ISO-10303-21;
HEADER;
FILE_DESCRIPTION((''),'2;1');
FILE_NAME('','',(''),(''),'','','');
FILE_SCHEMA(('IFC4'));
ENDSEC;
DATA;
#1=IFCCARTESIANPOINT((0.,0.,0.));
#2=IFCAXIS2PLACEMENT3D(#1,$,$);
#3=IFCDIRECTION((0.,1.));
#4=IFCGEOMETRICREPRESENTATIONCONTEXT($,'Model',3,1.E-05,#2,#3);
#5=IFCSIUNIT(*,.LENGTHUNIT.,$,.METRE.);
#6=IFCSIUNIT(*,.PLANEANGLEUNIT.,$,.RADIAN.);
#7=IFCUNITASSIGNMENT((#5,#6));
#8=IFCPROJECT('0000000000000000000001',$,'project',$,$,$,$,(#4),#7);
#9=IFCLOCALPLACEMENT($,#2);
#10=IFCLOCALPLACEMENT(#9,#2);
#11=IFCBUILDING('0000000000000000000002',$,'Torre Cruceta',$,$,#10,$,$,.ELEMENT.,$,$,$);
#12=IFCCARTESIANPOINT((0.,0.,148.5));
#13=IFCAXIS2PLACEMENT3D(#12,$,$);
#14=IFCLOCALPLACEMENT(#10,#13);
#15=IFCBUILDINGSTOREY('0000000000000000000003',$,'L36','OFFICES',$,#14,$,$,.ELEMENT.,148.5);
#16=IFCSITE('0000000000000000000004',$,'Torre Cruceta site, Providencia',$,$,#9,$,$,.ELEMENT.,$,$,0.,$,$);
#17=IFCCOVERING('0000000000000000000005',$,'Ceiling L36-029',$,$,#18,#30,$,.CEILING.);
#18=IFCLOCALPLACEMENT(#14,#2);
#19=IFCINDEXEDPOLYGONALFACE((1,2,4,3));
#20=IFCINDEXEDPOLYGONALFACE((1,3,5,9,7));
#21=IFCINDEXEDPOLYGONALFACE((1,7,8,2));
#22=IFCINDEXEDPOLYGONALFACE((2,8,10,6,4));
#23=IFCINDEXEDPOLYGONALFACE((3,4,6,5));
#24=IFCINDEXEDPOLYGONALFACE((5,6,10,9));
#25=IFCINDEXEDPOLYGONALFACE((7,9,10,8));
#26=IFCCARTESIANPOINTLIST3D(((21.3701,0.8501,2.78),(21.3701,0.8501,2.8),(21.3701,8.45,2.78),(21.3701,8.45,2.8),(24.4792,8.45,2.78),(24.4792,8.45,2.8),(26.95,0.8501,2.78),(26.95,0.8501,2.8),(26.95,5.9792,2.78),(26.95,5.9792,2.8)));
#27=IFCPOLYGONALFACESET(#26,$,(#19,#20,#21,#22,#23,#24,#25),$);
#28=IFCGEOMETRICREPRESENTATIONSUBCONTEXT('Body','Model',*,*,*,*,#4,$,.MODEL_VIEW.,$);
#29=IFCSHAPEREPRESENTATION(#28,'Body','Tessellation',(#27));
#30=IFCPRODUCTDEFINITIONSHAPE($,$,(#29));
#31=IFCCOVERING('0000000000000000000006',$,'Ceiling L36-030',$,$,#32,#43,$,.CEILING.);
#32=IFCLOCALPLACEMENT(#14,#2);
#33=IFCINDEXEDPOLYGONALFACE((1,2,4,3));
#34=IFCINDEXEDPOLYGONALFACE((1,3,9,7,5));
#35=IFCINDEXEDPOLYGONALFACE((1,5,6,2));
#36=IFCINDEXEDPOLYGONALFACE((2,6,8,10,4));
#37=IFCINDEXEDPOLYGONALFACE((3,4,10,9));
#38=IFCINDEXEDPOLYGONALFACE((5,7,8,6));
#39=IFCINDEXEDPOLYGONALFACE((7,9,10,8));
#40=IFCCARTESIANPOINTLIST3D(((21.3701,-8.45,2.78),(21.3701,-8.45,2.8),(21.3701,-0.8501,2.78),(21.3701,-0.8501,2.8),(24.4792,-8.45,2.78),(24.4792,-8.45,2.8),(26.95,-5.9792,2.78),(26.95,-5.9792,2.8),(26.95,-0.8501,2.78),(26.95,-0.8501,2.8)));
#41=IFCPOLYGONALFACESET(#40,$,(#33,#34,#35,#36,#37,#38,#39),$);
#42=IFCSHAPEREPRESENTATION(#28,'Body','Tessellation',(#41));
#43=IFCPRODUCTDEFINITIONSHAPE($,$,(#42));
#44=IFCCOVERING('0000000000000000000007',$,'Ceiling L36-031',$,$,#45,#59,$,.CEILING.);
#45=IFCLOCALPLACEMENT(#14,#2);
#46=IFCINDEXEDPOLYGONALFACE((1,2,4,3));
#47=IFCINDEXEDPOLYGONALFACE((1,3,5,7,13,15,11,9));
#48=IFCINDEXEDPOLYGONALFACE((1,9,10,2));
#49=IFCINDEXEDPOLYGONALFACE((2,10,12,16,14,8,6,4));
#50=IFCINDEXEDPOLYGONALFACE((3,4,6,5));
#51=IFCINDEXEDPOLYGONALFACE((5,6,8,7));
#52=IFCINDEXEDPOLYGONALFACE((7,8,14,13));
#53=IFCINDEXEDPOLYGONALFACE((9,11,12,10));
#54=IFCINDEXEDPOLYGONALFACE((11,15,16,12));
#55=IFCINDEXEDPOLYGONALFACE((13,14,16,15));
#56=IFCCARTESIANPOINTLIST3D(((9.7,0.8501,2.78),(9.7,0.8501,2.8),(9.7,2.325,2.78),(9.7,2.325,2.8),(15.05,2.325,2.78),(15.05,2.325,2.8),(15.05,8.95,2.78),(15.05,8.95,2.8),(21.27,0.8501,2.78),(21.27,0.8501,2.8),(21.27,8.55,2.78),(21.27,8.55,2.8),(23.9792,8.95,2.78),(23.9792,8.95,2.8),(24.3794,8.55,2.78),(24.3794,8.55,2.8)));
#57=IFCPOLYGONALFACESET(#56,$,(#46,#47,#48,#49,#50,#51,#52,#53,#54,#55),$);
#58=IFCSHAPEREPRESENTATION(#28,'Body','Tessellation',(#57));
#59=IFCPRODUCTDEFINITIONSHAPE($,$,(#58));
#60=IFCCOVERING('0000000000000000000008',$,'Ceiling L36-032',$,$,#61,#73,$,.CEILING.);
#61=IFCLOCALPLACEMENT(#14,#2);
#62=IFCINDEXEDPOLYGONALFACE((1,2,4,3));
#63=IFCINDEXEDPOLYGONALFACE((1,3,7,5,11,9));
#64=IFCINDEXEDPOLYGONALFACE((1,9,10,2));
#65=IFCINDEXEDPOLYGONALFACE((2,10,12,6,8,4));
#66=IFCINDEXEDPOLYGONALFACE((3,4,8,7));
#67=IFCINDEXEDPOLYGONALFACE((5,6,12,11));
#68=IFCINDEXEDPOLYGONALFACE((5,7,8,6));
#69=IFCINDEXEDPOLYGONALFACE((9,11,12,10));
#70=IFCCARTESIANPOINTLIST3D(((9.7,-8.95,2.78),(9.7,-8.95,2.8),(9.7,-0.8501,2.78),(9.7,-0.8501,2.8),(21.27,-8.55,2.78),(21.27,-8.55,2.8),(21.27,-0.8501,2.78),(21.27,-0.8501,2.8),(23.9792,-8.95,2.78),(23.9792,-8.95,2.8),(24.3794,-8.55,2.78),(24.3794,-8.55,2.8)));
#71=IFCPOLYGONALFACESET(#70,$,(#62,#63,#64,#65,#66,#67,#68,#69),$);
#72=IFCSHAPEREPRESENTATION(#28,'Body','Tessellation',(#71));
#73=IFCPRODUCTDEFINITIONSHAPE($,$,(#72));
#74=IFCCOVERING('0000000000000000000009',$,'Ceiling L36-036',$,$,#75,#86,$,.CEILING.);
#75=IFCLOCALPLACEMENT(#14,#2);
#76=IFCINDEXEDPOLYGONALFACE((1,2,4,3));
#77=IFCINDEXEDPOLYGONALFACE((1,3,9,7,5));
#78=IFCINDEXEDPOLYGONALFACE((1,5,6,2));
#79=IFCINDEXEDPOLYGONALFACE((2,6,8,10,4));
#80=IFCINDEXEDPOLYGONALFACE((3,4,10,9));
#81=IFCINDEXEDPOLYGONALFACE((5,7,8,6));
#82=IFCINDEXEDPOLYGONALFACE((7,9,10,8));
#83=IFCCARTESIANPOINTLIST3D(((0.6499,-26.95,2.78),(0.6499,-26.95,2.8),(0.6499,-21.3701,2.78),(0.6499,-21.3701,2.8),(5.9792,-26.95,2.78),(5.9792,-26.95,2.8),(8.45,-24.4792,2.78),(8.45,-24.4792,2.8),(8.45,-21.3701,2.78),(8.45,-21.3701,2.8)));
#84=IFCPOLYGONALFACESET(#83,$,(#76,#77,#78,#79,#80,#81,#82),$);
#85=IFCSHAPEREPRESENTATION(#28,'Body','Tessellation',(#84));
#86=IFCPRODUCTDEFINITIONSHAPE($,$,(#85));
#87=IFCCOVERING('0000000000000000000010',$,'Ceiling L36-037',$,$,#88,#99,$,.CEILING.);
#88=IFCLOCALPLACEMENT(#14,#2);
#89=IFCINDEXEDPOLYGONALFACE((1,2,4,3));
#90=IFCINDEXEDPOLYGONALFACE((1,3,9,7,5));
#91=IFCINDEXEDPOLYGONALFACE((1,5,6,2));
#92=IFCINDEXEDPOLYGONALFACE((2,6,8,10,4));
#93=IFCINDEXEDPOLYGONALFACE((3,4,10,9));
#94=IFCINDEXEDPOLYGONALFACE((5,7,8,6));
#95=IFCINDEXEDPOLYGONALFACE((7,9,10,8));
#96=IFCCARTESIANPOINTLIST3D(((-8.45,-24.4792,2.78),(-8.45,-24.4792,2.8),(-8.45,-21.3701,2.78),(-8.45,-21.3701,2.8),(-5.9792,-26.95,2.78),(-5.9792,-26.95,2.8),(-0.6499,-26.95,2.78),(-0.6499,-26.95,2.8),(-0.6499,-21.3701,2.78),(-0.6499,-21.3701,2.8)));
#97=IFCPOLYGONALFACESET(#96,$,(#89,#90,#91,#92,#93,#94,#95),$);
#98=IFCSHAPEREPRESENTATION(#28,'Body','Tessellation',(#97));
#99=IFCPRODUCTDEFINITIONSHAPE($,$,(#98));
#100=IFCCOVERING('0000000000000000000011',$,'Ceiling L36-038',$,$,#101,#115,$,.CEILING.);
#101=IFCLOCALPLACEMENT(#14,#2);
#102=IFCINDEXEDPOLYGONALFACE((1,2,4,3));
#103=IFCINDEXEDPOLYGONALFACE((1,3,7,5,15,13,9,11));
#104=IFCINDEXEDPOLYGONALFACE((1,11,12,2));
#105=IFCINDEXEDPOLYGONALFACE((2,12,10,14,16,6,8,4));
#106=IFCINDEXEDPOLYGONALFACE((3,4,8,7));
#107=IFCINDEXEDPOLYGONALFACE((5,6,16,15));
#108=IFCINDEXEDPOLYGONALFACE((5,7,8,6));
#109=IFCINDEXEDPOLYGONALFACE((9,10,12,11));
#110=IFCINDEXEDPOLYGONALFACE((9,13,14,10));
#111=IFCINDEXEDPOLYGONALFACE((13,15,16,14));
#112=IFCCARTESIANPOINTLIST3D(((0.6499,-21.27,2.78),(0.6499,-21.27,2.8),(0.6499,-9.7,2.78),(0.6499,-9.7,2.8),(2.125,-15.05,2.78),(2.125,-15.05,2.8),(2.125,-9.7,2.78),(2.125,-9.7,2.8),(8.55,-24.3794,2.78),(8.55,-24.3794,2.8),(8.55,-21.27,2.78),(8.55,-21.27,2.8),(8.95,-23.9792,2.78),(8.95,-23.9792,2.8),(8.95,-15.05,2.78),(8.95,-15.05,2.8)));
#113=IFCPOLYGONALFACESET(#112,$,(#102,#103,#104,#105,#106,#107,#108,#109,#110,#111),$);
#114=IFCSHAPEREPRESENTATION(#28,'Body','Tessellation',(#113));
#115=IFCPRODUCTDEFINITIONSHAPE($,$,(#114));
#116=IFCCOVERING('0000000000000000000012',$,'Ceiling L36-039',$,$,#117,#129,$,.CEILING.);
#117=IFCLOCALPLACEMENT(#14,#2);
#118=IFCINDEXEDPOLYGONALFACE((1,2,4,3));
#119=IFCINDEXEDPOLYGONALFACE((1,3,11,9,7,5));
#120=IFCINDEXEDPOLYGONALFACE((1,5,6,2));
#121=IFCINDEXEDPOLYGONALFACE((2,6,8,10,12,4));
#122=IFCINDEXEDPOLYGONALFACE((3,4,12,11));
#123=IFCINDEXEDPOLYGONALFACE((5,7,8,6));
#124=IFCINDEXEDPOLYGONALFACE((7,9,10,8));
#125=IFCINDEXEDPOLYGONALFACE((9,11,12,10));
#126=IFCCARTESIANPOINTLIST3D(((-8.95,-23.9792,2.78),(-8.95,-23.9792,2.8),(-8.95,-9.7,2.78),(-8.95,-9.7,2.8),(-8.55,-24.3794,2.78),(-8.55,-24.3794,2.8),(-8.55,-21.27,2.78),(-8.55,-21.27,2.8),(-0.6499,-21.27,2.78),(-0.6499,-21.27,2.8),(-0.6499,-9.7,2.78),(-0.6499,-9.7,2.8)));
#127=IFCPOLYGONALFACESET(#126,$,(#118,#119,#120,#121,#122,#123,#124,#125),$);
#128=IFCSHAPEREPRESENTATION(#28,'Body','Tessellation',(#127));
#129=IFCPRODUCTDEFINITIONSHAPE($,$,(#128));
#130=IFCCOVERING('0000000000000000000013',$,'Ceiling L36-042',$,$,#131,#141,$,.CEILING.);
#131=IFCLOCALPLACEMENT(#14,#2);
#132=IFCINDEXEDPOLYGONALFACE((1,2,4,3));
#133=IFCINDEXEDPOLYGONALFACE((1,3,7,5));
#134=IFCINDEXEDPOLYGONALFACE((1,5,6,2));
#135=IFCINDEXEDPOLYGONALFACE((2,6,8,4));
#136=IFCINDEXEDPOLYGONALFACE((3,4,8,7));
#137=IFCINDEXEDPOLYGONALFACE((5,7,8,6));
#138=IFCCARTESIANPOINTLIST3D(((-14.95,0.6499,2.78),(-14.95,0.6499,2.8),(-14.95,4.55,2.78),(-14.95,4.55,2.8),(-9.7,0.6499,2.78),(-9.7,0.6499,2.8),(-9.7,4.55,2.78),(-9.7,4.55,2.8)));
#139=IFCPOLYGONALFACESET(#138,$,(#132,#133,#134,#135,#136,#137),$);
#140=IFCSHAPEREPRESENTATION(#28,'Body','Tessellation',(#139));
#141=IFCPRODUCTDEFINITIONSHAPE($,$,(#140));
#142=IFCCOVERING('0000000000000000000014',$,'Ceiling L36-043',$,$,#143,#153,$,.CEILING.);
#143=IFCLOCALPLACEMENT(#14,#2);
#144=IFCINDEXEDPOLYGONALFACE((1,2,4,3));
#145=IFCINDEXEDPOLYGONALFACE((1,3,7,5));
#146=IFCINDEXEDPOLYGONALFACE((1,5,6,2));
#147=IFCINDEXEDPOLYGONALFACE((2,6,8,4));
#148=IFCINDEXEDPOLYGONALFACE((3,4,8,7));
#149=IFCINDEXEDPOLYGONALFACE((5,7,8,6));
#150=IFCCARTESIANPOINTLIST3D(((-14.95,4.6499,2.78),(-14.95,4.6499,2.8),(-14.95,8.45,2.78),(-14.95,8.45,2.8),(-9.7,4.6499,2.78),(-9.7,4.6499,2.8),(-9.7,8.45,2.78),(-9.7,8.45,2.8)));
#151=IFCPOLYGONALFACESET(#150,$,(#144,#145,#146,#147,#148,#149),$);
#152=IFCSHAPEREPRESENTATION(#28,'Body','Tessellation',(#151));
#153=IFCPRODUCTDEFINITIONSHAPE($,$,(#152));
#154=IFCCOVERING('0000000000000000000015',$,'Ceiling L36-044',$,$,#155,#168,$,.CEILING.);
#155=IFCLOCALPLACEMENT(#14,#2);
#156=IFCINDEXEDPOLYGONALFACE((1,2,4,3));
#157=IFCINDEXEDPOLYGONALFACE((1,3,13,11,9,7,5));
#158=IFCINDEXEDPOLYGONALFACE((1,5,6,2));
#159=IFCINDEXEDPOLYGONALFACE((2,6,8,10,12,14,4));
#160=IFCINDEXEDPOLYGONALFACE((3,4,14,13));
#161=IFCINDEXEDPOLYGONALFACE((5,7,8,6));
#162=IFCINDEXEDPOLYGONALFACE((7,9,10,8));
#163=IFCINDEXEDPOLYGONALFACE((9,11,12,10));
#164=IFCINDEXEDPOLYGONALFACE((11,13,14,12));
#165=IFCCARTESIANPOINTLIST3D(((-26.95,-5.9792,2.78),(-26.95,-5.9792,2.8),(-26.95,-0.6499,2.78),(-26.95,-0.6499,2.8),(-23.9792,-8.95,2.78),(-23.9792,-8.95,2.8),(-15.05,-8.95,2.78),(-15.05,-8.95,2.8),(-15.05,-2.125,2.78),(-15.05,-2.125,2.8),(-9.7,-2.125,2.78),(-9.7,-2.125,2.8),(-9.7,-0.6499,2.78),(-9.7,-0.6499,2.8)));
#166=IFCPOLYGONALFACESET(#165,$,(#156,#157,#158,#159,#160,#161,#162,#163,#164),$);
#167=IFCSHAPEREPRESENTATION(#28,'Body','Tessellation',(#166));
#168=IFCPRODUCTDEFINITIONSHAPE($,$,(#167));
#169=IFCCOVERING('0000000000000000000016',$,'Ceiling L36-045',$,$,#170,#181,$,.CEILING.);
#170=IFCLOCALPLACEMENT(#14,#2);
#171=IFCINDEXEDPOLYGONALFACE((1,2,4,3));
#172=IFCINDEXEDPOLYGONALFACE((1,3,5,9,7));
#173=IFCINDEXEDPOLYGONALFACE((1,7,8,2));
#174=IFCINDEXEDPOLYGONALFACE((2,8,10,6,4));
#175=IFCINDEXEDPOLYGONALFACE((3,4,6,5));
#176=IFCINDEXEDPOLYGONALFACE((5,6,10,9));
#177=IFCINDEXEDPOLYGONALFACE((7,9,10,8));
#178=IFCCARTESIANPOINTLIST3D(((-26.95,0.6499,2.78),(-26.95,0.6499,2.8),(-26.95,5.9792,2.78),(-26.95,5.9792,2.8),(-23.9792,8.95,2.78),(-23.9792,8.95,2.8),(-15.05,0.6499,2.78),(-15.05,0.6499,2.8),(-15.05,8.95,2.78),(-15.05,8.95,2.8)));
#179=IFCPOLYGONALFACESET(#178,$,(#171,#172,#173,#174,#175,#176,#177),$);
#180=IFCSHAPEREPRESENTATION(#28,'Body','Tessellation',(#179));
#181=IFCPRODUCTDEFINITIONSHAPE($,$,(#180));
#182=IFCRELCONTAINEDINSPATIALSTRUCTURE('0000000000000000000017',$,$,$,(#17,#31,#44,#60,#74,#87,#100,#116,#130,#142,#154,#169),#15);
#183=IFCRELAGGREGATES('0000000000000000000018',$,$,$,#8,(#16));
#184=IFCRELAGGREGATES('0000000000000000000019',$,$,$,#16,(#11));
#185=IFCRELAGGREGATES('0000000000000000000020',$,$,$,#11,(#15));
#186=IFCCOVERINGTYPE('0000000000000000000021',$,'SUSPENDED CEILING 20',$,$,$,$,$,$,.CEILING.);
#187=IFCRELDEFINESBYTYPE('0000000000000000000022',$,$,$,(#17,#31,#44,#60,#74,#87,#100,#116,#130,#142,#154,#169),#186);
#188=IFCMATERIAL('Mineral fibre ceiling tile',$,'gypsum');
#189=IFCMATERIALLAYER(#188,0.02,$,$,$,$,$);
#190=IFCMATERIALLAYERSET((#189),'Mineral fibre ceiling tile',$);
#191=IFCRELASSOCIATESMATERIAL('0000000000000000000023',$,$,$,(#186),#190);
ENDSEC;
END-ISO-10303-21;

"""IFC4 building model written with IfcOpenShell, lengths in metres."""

from ifc_helpers import new_model, si_unit, direction, frame, origin, place, context, subcontext, project, spatial, polyline, outline, extrude, material, layer, layer_set, type_object, element, save


model = new_model("IFC4")

# Units and contexts
model_context = context("Model", 3, precision=1e-05, world=origin(), true_north=direction((0.0, 1.0)))
body_context = subcontext(model_context, "Body", "Model", "MODEL_VIEW")
ifc_project = project(units=[si_unit("LENGTHUNIT", "METRE"), si_unit("PLANEANGLEUNIT", "RADIAN")], contexts=[model_context])

# Site, building, storey
site_placement = place(None, origin())
site = spatial("IfcSite", under=ifc_project, at=site_placement, Name="Torre Cruceta site, Providencia", CompositionType="ELEMENT", RefElevation=0.0)
building_placement = place(site_placement, origin())
building = spatial("IfcBuilding", under=site, at=building_placement, Name="Torre Cruceta", CompositionType="ELEMENT")
storey_placement = place(building_placement, frame((0.0, 0.0, 148.5)))
storey = spatial("IfcBuildingStorey", under=building, at=storey_placement, Name="L36", Description="OFFICES", CompositionType="ELEMENT", Elevation=148.5)

# Coverings
ifc_material_1 = material(Name="Mineral fibre ceiling tile", Category="gypsum")
ifc_layer_1 = layer(ifc_material_1, 0.02)
ifc_layer_set_1 = layer_set([ifc_layer_1], Name="Mineral fibre ceiling tile")
covering_type_1 = type_object("IfcCoveringType", Name="SUSPENDED CEILING 20", PredefinedType="CEILING", material=ifc_layer_set_1)
covering_1_placement = place(storey_placement, frame((0.0, 0.0, 2.78)))
element("IfcCovering", 1, at=covering_1_placement, inside=storey, type_object=covering_type_1, Name="Ceiling L36-029", PredefinedType="CEILING", context=body_context, shape_type="SweptSolid", body=[
    extrude(outline(polyline([(26.95, 0.8501), (21.3701, 0.8501), (21.3701, 8.45), (24.4792, 8.45), (26.95, 5.9792), (26.95, 0.8501)])), origin(), (0.0, 0.0, 1.0), 0.02),
])
covering_2_placement = place(storey_placement, frame((0.0, 0.0, 2.78)))
element("IfcCovering", 2, at=covering_2_placement, inside=storey, type_object=covering_type_1, Name="Ceiling L36-030", PredefinedType="CEILING", context=body_context, shape_type="SweptSolid", body=[
    extrude(outline(polyline([(24.4792, -8.45), (21.3701, -8.45), (21.3701, -0.8501), (26.95, -0.8501), (26.95, -5.9792), (24.4792, -8.45)])), origin(), (0.0, 0.0, 1.0), 0.02),
])
covering_3_placement = place(storey_placement, frame((0.0, 0.0, 2.78)))
element("IfcCovering", 3, at=covering_3_placement, inside=storey, type_object=covering_type_1, Name="Ceiling L36-031", PredefinedType="CEILING", context=body_context, shape_type="SweptSolid", body=[
    extrude(outline(polyline([(21.27, 0.8501), (9.7, 0.8501), (9.7, 2.325), (15.05, 2.325), (15.05, 8.95), (23.9792, 8.95), (24.3794, 8.55), (21.27, 8.55), (21.27, 0.8501)])), origin(), (0.0, 0.0, 1.0), 0.02),
])
covering_4_placement = place(storey_placement, frame((0.0, 0.0, 2.78)))
element("IfcCovering", 4, at=covering_4_placement, inside=storey, type_object=covering_type_1, Name="Ceiling L36-032", PredefinedType="CEILING", context=body_context, shape_type="SweptSolid", body=[
    extrude(outline(polyline([(21.27, -8.55), (24.3794, -8.55), (23.9792, -8.95), (9.7, -8.95), (9.7, -0.8501), (21.27, -0.8501), (21.27, -8.55)])), origin(), (0.0, 0.0, 1.0), 0.02),
])
covering_5_placement = place(storey_placement, frame((0.0, 0.0, 2.78)))
element("IfcCovering", 5, at=covering_5_placement, inside=storey, type_object=covering_type_1, Name="Ceiling L36-036", PredefinedType="CEILING", context=body_context, shape_type="SweptSolid", body=[
    extrude(outline(polyline([(0.6499, -26.95), (0.6499, -21.3701), (8.45, -21.3701), (8.45, -24.4792), (5.9792, -26.95), (0.6499, -26.95)])), origin(), (0.0, 0.0, 1.0), 0.02),
])
covering_6_placement = place(storey_placement, frame((0.0, 0.0, 2.78)))
element("IfcCovering", 6, at=covering_6_placement, inside=storey, type_object=covering_type_1, Name="Ceiling L36-037", PredefinedType="CEILING", context=body_context, shape_type="SweptSolid", body=[
    extrude(outline(polyline([(-8.45, -24.4792), (-8.45, -21.3701), (-0.6499, -21.3701), (-0.6499, -26.95), (-5.9792, -26.95), (-8.45, -24.4792)])), origin(), (0.0, 0.0, 1.0), 0.02),
])
covering_7_placement = place(storey_placement, frame((0.0, 0.0, 2.78)))
element("IfcCovering", 7, at=covering_7_placement, inside=storey, type_object=covering_type_1, Name="Ceiling L36-038", PredefinedType="CEILING", context=body_context, shape_type="SweptSolid", body=[
    extrude(outline(polyline([(0.6499, -21.27), (0.6499, -9.7), (2.125, -9.7), (2.125, -15.05), (8.95, -15.05), (8.95, -23.9792), (8.55, -24.3794), (8.55, -21.27), (0.6499, -21.27)])), origin(), (0.0, 0.0, 1.0), 0.02),
])
covering_8_placement = place(storey_placement, frame((0.0, 0.0, 2.78)))
element("IfcCovering", 8, at=covering_8_placement, inside=storey, type_object=covering_type_1, Name="Ceiling L36-039", PredefinedType="CEILING", context=body_context, shape_type="SweptSolid", body=[
    extrude(outline(polyline([(-8.55, -21.27), (-8.55, -24.3794), (-8.95, -23.9792), (-8.95, -9.7), (-0.6499, -9.7), (-0.6499, -21.27), (-8.55, -21.27)])), origin(), (0.0, 0.0, 1.0), 0.02),
])
covering_9_placement = place(storey_placement, frame((0.0, 0.0, 2.78)))
element("IfcCovering", 9, at=covering_9_placement, inside=storey, type_object=covering_type_1, Name="Ceiling L36-042", PredefinedType="CEILING", context=body_context, shape_type="SweptSolid", body=[
    extrude(outline(polyline([(-9.7, 4.55), (-9.7, 0.6499), (-14.95, 0.6499), (-14.95, 4.55), (-9.7, 4.55)])), origin(), (0.0, 0.0, 1.0), 0.02),
])
covering_10_placement = place(storey_placement, frame((0.0, 0.0, 2.78)))
element("IfcCovering", 10, at=covering_10_placement, inside=storey, type_object=covering_type_1, Name="Ceiling L36-043", PredefinedType="CEILING", context=body_context, shape_type="SweptSolid", body=[
    extrude(outline(polyline([(-9.7, 8.45), (-9.7, 4.6499), (-14.95, 4.6499), (-14.95, 8.45), (-9.7, 8.45)])), origin(), (0.0, 0.0, 1.0), 0.02),
])
covering_11_placement = place(storey_placement, frame((0.0, 0.0, 2.78)))
element("IfcCovering", 11, at=covering_11_placement, inside=storey, type_object=covering_type_1, Name="Ceiling L36-044", PredefinedType="CEILING", context=body_context, shape_type="SweptSolid", body=[
    extrude(outline(polyline([(-26.95, -0.6499), (-9.7, -0.6499), (-9.7, -2.125), (-15.05, -2.125), (-15.05, -8.95), (-23.9792, -8.95), (-26.95, -5.9792), (-26.95, -0.6499)])), origin(), (0.0, 0.0, 1.0), 0.02),
])
covering_12_placement = place(storey_placement, frame((0.0, 0.0, 2.78)))
element("IfcCovering", 12, at=covering_12_placement, inside=storey, type_object=covering_type_1, Name="Ceiling L36-045", PredefinedType="CEILING", context=body_context, shape_type="SweptSolid", body=[
    extrude(outline(polyline([(-26.95, 5.9792), (-23.9792, 8.95), (-15.05, 8.95), (-15.05, 0.6499), (-26.95, 0.6499), (-26.95, 5.9792)])), origin(), (0.0, 0.0, 1.0), 0.02),
])

save(model, "model.ifc")
